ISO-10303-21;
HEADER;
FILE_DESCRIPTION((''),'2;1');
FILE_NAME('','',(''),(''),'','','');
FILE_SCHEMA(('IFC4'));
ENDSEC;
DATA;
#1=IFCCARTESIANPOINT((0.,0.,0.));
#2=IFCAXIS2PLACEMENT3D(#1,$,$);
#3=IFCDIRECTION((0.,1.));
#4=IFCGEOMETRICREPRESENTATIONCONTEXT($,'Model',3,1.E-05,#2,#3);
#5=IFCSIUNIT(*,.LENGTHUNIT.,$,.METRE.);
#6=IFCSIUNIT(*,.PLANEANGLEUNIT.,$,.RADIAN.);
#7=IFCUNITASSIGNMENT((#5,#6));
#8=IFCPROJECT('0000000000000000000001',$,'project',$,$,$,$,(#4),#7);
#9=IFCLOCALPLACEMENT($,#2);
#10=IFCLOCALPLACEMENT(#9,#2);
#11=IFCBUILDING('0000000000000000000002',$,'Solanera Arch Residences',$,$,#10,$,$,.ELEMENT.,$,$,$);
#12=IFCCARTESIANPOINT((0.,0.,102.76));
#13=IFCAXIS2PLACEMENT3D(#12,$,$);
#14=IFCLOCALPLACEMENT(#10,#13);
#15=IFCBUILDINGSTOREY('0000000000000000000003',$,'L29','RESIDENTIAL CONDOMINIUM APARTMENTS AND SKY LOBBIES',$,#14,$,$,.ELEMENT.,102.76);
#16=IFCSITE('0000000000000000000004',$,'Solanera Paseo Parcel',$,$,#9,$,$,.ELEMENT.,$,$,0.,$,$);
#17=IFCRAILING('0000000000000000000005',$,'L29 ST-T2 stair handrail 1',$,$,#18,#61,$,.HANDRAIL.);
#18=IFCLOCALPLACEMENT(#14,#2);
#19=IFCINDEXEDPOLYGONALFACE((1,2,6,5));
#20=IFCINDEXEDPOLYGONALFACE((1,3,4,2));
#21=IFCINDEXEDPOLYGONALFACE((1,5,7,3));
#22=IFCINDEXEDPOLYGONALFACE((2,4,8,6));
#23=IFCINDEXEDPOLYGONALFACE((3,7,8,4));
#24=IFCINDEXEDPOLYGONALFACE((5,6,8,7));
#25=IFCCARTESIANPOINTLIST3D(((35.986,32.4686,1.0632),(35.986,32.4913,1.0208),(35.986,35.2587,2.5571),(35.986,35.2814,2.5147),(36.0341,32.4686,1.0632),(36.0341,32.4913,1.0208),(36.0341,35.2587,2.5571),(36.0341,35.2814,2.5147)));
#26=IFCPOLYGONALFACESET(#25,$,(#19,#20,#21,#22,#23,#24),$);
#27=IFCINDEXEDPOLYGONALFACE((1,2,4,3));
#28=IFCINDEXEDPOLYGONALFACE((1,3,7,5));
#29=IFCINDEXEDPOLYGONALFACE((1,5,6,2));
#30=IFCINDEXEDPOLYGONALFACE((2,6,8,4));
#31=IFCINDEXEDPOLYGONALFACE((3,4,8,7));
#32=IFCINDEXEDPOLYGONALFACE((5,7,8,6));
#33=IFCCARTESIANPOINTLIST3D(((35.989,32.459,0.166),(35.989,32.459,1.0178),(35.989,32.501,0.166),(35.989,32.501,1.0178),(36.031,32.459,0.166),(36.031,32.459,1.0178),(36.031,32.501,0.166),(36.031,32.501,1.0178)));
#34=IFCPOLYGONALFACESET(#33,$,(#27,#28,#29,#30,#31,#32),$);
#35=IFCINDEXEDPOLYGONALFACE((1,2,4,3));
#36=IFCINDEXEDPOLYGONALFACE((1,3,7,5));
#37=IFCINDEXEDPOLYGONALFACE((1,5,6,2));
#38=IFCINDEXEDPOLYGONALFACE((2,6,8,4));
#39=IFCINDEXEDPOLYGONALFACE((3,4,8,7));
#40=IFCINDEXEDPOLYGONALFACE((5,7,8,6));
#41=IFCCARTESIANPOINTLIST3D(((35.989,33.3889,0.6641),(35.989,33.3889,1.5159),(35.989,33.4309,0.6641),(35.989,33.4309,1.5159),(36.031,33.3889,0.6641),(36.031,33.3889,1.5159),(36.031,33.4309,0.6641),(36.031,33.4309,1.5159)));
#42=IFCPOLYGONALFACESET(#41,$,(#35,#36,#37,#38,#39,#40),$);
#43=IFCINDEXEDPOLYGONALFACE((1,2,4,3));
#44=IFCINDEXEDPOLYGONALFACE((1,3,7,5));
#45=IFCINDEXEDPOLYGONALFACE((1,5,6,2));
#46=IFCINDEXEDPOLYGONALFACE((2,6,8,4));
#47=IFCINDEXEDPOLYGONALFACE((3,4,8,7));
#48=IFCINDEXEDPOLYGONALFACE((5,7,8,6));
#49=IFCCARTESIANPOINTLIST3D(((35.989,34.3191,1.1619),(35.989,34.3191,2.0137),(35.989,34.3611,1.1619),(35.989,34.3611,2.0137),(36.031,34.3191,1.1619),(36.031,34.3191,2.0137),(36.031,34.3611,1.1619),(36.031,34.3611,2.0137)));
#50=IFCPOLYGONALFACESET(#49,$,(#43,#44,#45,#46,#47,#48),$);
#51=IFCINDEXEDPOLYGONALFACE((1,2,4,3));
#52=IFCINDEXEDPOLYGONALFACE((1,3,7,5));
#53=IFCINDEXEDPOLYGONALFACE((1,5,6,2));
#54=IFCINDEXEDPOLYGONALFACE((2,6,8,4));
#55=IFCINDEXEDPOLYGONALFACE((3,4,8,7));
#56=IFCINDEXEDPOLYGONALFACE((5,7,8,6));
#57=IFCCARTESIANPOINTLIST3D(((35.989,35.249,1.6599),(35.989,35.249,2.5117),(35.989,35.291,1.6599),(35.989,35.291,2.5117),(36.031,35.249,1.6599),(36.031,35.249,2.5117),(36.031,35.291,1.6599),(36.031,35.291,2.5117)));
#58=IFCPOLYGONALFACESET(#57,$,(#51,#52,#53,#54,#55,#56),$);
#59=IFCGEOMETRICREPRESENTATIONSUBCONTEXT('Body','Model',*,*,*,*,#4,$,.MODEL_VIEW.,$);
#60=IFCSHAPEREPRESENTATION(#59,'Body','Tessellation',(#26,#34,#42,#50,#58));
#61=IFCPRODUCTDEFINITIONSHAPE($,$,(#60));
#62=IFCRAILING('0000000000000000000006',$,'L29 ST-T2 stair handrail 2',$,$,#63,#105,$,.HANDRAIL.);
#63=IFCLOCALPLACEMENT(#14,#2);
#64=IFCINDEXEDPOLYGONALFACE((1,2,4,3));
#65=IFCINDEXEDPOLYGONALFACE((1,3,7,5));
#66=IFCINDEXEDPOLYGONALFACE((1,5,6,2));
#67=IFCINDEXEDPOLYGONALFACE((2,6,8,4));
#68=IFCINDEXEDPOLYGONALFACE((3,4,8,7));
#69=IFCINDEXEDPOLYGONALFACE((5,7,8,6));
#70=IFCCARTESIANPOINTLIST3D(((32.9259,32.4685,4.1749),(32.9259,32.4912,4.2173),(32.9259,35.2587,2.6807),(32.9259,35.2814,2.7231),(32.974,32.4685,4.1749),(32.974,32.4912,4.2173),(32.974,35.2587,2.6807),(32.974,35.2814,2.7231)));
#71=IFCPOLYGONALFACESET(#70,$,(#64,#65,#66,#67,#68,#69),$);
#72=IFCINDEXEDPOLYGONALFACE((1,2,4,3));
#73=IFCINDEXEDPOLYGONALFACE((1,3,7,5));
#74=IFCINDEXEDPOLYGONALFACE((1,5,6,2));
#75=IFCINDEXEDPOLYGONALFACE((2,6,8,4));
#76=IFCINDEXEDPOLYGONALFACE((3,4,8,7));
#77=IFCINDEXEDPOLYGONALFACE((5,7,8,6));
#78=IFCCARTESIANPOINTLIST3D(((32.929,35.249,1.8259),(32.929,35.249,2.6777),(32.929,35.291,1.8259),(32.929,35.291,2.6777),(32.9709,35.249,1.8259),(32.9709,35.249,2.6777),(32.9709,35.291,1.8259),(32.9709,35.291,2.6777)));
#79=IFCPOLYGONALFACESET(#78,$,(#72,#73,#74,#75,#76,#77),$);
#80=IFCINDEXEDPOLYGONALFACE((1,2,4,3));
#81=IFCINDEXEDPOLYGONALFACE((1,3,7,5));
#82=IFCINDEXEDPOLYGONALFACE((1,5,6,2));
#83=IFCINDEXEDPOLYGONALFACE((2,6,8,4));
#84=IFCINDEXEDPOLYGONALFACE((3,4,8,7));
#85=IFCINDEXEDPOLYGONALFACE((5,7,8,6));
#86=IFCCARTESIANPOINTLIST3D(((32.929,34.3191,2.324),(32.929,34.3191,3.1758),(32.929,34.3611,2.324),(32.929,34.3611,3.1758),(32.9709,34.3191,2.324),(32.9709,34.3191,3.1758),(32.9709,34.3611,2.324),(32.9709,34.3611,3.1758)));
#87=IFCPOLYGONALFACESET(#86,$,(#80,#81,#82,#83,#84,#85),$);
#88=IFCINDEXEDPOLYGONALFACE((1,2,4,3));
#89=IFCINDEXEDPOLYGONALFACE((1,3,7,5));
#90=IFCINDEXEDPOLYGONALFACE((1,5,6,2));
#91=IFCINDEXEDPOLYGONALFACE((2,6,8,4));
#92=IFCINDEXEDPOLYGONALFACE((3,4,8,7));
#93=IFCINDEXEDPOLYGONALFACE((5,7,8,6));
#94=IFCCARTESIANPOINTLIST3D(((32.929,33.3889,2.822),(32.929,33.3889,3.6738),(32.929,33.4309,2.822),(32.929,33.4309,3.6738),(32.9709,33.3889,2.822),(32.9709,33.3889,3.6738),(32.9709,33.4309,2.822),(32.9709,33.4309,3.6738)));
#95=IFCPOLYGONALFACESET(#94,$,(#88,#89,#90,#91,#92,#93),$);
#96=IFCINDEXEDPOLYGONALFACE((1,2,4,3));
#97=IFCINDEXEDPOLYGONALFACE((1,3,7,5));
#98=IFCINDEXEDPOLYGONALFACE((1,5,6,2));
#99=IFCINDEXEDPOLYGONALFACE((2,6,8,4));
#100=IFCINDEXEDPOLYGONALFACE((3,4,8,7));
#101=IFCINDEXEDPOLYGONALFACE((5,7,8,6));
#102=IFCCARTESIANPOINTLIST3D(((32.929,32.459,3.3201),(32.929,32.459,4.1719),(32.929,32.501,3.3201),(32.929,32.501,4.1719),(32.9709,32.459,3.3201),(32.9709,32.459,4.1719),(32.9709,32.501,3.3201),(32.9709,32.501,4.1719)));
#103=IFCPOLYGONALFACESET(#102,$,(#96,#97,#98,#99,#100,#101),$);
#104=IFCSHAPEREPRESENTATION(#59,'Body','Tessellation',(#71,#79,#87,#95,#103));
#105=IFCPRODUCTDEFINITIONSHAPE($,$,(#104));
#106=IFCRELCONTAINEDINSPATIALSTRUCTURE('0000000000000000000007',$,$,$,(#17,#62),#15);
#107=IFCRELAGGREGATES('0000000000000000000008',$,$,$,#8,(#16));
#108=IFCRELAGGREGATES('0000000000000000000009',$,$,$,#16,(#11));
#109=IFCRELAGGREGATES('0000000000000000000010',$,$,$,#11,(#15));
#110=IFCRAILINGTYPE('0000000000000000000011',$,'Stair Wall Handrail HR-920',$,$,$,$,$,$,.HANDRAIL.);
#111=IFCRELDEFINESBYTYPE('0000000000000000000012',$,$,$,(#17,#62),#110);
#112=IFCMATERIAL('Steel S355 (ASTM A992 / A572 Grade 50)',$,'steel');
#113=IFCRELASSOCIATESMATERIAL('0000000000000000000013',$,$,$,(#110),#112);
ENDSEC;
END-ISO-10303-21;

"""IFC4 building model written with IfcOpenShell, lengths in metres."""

from ifc_helpers import new_model, si_unit, direction, frame, origin, origin_2d, place, context, subcontext, project, spatial, rectangle, extrude, material, type_object, element, save


model = new_model("IFC4")

# Units and contexts
model_context = context("Model", 3, precision=1e-05, world=origin(), true_north=direction((0.0, 1.0)))
body_context = subcontext(model_context, "Body", "Model", "MODEL_VIEW")
ifc_project = project(units=[si_unit("LENGTHUNIT", "METRE"), si_unit("PLANEANGLEUNIT", "RADIAN")], contexts=[model_context])

# Site, building, storey
site_placement = place(None, origin())
site = spatial("IfcSite", under=ifc_project, at=site_placement, Name="Solanera Paseo Parcel", CompositionType="ELEMENT", RefElevation=0.0)
building_placement = place(site_placement, origin())
building = spatial("IfcBuilding", under=site, at=building_placement, Name="Solanera Arch Residences", CompositionType="ELEMENT")
storey_placement = place(building_placement, frame((0.0, 0.0, 102.76)))
storey = spatial("IfcBuildingStorey", under=building, at=storey_placement, Name="L29", Description="RESIDENTIAL CONDOMINIUM APARTMENTS AND SKY LOBBIES", CompositionType="ELEMENT", Elevation=102.76)

# Railings
ifc_material_1 = material(Name="Steel S355 (ASTM A992 / A572 Grade 50)", Category="steel")
railing_type_1 = type_object("IfcRailingType", Name="Stair Wall Handrail HR-920", PredefinedType="HANDRAIL", material=ifc_material_1)
railing_1_placement = place(storey_placement, frame((36.01, 32.48, 0.166)))
element("IfcRailing", 1, at=railing_1_placement, inside=storey, type_object=railing_type_1, Name="L29 ST-T2 stair handrail 1", PredefinedType="HANDRAIL", context=body_context, shape_type="SweptSolid", body=[
    extrude(rectangle(XDim=0.0481, YDim=0.0481, at=origin_2d()), frame((0.0, 0.0, 0.876), z_axis=(0.0, 0.881581, 0.472033), x_axis=(-1.0, 0.0, 0.0)), (0.0, 0.0, 1.0), 3.1648),
    extrude(rectangle(XDim=0.042, YDim=0.042, at=origin_2d()), origin(), (0.0, 0.0, 1.0), 0.8518),
    extrude(rectangle(XDim=0.042, YDim=0.042, at=origin_2d()), frame((0.0, 0.9299, 0.498)), (0.0, 0.0, 1.0), 0.8518),
    extrude(rectangle(XDim=0.042, YDim=0.042, at=origin_2d()), frame((0.0, 1.8601, 0.9958)), (0.0, 0.0, 1.0), 0.8518),
    extrude(rectangle(XDim=0.042, YDim=0.042, at=origin_2d()), frame((0.0, 2.79, 1.4939)), (0.0, 0.0, 1.0), 0.8518),
])
railing_2_placement = place(storey_placement, frame((32.95, 35.27, 1.8259)))
element("IfcRailing", 2, at=railing_2_placement, inside=storey, type_object=railing_type_1, Name="L29 ST-T2 stair handrail 2", PredefinedType="HANDRAIL", context=body_context, shape_type="SweptSolid", body=[
    extrude(rectangle(XDim=0.0481, YDim=0.0481, at=origin_2d()), frame((0.0, 0.0, 0.876), z_axis=(0.0, -0.881549, 0.472093), x_axis=(1.0, 0.0, 0.0)), (0.0, 0.0, 1.0), 3.165),
    extrude(rectangle(XDim=0.042, YDim=0.042, at=origin_2d()), origin(), (0.0, 0.0, 1.0), 0.8518),
    extrude(rectangle(XDim=0.042, YDim=0.042, at=origin_2d()), frame((0.0, -0.9299, 0.498)), (0.0, 0.0, 1.0), 0.8518),
    extrude(rectangle(XDim=0.042, YDim=0.042, at=origin_2d()), frame((0.0, -1.8601, 0.9961)), (0.0, 0.0, 1.0), 0.8518),
    extrude(rectangle(XDim=0.042, YDim=0.042, at=origin_2d()), frame((0.0, -2.79, 1.4941)), (0.0, 0.0, 1.0), 0.8518),
])

save(model, "model.ifc")
